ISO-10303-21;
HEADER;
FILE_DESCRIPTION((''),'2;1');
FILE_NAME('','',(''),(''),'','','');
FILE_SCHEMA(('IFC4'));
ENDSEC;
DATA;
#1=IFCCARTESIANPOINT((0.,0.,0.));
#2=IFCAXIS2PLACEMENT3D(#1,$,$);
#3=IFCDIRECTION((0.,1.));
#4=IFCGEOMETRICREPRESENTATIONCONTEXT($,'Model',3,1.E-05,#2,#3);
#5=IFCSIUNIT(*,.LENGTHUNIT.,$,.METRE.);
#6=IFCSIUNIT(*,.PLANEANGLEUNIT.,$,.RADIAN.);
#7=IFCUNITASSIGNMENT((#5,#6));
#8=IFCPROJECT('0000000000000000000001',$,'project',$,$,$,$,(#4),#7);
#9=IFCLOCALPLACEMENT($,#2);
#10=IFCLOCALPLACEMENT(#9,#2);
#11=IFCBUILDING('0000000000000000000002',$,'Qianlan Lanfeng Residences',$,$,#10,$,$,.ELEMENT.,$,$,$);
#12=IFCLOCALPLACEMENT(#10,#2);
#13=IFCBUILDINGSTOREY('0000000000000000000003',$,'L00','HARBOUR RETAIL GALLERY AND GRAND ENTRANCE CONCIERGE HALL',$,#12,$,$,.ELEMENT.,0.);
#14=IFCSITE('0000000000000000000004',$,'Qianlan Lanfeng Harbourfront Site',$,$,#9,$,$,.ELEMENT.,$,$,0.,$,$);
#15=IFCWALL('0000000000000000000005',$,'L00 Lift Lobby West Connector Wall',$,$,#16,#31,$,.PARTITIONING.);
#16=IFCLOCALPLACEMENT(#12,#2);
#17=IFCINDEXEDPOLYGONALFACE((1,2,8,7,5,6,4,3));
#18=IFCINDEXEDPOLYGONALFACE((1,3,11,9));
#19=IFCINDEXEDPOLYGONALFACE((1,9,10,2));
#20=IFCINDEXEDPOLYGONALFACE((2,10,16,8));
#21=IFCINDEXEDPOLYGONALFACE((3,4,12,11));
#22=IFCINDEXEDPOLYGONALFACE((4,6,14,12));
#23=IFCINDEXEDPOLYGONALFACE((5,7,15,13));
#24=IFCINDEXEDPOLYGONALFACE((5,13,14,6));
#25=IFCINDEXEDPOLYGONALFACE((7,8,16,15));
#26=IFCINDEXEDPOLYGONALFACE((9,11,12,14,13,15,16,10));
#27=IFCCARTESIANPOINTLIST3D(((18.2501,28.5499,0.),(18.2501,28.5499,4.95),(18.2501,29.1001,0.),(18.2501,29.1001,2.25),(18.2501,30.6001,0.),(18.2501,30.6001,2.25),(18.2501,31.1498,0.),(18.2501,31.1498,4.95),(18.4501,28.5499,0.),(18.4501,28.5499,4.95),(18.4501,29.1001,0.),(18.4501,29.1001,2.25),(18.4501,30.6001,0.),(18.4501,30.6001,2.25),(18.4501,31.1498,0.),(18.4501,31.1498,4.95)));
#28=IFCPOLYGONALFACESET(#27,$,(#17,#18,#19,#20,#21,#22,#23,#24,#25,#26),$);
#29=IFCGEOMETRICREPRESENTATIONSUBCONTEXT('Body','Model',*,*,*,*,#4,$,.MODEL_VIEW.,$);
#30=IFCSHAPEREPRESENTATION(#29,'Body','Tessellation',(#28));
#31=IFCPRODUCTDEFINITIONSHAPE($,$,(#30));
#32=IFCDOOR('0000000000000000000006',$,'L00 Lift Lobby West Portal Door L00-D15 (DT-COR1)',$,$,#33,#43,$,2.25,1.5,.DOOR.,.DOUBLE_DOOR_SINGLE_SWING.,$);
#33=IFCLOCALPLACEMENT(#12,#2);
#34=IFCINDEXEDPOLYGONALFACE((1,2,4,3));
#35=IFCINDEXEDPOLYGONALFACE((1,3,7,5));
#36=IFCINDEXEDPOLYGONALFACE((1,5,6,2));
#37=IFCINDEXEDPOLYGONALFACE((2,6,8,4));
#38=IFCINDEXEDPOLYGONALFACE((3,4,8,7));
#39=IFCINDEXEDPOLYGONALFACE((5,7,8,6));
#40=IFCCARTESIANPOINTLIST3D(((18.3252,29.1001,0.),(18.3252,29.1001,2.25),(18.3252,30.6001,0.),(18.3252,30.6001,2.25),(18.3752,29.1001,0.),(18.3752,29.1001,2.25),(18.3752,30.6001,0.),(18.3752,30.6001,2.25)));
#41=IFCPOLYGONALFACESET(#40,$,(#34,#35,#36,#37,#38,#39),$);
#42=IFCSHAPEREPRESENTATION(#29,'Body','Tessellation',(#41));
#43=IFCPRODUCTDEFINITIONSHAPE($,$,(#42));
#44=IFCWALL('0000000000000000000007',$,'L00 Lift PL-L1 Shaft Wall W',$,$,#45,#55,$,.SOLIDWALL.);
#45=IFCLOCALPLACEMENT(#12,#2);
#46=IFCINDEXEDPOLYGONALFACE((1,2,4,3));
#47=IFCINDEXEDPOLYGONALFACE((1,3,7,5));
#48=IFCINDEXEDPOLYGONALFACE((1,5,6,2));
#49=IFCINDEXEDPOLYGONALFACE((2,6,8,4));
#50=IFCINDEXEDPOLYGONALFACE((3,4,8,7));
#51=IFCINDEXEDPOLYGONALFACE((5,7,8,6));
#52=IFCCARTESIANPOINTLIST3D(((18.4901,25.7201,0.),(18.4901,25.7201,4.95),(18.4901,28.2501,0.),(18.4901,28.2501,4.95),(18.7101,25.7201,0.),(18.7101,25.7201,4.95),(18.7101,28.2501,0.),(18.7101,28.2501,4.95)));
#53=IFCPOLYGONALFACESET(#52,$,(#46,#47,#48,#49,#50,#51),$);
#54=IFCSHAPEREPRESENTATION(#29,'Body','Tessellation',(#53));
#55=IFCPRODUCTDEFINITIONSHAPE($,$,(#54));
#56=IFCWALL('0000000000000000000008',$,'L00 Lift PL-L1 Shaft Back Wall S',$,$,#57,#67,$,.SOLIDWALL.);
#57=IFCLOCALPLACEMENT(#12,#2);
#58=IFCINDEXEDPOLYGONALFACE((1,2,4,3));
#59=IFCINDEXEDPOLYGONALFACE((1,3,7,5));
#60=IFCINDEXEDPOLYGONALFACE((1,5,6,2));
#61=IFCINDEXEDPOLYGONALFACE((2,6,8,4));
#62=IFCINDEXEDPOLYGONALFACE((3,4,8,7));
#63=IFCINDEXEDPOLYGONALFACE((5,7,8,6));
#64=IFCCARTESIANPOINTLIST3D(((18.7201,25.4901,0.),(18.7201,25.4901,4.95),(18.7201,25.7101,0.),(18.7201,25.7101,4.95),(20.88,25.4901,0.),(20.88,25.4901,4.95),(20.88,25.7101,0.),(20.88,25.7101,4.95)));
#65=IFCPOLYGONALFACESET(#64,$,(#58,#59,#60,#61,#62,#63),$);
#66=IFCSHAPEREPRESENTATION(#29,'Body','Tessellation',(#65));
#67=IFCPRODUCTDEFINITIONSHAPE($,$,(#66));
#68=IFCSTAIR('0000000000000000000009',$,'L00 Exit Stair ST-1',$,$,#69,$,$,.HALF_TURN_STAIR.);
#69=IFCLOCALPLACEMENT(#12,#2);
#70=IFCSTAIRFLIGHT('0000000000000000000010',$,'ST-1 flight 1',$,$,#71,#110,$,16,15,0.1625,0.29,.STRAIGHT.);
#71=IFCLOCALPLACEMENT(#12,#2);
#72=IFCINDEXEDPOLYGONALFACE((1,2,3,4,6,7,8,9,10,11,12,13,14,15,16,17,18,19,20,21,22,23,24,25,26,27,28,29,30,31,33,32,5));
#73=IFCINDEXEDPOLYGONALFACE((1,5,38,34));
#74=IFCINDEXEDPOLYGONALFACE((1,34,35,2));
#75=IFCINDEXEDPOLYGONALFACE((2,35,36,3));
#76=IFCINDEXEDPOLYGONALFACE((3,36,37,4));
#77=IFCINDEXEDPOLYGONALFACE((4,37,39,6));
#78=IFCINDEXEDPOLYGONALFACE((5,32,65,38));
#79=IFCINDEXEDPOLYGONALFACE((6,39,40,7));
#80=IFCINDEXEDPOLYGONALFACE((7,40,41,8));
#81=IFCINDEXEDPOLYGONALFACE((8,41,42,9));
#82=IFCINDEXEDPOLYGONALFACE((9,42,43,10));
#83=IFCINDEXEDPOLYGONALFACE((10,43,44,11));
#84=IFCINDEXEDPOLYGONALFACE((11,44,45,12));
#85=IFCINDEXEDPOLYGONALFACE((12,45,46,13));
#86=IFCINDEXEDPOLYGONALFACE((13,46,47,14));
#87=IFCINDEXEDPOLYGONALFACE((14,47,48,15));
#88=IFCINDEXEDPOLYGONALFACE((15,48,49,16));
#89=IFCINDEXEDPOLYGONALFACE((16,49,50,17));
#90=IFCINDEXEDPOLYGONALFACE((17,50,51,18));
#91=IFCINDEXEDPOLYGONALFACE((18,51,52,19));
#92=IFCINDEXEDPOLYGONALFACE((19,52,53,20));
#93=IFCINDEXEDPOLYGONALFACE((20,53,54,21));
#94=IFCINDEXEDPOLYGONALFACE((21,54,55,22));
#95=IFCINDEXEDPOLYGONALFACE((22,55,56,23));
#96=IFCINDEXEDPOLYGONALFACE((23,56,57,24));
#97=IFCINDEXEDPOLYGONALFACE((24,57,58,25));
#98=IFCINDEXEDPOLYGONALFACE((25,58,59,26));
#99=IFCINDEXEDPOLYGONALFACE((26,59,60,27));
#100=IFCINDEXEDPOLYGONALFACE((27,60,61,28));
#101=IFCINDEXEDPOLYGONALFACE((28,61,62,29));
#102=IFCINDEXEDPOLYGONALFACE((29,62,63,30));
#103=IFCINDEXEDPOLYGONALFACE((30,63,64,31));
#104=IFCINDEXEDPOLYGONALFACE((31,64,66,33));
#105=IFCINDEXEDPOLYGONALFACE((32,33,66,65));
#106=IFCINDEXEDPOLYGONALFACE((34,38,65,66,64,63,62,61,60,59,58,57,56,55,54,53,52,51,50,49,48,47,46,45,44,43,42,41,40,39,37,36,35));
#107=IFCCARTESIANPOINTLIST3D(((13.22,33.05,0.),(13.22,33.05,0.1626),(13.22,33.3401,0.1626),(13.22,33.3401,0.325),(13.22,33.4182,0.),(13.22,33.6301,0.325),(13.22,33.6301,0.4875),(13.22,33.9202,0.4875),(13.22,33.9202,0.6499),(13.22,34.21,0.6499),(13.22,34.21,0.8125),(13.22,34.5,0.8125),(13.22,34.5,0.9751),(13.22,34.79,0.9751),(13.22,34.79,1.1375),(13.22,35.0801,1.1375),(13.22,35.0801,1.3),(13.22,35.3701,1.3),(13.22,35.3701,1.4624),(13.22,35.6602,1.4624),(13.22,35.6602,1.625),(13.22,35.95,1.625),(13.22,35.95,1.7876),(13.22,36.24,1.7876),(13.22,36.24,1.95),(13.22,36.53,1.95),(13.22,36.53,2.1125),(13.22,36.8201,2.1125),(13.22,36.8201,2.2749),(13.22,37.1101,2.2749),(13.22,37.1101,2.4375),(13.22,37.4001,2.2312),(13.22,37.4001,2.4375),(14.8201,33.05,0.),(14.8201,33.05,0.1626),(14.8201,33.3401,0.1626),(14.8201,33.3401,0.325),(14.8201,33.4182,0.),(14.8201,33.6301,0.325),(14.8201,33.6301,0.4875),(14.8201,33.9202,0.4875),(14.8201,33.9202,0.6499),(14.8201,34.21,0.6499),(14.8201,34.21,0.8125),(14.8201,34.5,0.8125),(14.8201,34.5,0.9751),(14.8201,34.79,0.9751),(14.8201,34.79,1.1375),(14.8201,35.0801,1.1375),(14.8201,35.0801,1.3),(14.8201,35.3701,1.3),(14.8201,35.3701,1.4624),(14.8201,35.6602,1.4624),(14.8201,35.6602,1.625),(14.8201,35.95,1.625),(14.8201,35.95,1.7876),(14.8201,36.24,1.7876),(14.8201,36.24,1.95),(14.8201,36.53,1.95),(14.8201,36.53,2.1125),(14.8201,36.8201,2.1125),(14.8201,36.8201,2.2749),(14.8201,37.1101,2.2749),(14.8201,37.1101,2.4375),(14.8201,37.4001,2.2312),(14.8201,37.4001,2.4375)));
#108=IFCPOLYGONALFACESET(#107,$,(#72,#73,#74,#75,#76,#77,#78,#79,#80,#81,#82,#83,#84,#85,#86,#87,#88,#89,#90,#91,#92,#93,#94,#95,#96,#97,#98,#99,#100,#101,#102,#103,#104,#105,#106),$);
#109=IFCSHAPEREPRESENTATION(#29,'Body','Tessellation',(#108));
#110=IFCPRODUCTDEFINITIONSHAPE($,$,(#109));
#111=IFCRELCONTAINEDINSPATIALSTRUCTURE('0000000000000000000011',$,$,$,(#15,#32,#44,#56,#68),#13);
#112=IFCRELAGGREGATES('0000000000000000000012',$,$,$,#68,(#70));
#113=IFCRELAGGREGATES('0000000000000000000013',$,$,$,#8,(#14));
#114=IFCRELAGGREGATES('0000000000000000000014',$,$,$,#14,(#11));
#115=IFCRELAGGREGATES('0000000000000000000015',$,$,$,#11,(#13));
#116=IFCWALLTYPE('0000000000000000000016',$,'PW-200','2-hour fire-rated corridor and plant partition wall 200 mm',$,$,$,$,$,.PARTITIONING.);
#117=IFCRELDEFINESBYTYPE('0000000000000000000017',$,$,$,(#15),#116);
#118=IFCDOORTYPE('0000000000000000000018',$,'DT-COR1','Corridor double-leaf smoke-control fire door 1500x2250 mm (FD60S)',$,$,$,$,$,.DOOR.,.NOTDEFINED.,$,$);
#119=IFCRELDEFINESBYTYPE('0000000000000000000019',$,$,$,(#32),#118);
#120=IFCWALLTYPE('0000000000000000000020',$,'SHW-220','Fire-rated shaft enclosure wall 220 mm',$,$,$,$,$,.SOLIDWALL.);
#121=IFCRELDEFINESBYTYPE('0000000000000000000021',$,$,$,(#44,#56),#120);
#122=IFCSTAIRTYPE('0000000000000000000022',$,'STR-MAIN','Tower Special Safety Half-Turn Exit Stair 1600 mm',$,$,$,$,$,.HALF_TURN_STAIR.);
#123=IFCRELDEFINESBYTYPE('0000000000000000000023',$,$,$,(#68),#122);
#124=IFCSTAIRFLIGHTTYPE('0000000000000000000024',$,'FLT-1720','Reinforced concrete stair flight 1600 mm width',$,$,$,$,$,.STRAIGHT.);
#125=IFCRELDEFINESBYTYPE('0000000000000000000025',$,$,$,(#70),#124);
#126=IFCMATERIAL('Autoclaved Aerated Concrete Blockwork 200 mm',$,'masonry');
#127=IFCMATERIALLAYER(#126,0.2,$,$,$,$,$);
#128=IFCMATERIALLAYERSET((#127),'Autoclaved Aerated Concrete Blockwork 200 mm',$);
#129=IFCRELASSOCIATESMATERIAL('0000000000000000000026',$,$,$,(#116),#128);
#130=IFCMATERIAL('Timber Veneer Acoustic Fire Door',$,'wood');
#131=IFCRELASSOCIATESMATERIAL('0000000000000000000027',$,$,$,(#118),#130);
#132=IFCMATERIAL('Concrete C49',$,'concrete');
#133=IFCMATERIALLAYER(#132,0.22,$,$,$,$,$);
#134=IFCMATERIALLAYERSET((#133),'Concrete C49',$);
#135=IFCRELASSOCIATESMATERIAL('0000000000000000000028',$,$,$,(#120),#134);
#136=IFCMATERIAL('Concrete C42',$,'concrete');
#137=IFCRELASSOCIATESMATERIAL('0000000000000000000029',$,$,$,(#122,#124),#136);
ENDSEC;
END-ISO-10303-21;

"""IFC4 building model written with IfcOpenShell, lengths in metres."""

from ifc_helpers import new_model, si_unit, direction, frame, frame_2d, origin, place, context, subcontext, project, spatial, polyline, rectangle, outline, extrude, material, layer, layer_set, type_object, element, fill, aggregate, save


model = new_model("IFC4")

# Units and contexts
model_context = context("Model", 3, precision=1e-05, world=origin(), true_north=direction((0.0, 1.0)))
body_context = subcontext(model_context, "Body", "Model", "MODEL_VIEW")
ifc_project = project(units=[si_unit("LENGTHUNIT", "METRE"), si_unit("PLANEANGLEUNIT", "RADIAN")], contexts=[model_context])

# Site, building, storey
site_placement = place(None, origin())
site = spatial("IfcSite", under=ifc_project, at=site_placement, Name="Qianlan Lanfeng Harbourfront Site", CompositionType="ELEMENT", RefElevation=0.0)
building_placement = place(site_placement, origin())
building = spatial("IfcBuilding", under=site, at=building_placement, Name="Qianlan Lanfeng Residences", CompositionType="ELEMENT")
storey_placement = place(building_placement, origin())
storey = spatial("IfcBuildingStorey", under=building, at=storey_placement, Name="L00", Description="HARBOUR RETAIL GALLERY AND GRAND ENTRANCE CONCIERGE HALL", CompositionType="ELEMENT", Elevation=0.0)

# Wall, opening, door
ifc_material_1 = material(Name="Autoclaved Aerated Concrete Blockwork 200 mm", Category="masonry")
ifc_layer_1 = layer(ifc_material_1, 0.2)
ifc_layer_set_1 = layer_set([ifc_layer_1], Name="Autoclaved Aerated Concrete Blockwork 200 mm")
wall_type_1 = type_object("IfcWallType", Name="PW-200", Description="2-hour fire-rated corridor and plant partition wall 200 mm", PredefinedType="PARTITIONING", material=ifc_layer_set_1)
wall_1_placement = place(storey_placement, frame((18.3501, 28.55, 0.0), z_axis=(0.0, 0.0, 1.0), x_axis=(0.0, 1.0, 0.0)))
wall_1 = element("IfcWall", 1, at=wall_1_placement, inside=storey, type_object=wall_type_1, Name="L00 Lift Lobby West Connector Wall", PredefinedType="PARTITIONING", context=body_context, shape_type="SweptSolid", body=[
    extrude(rectangle(XDim=2.5999, YDim=0.2, at=frame_2d((1.2998, 0.0))), origin(), (0.0, 0.0, 1.0), 4.95),
])
opening_1_placement = place(wall_1_placement, frame((0.55, 0.0, 0.0)))
opening_1 = element("IfcOpeningElement", 2, at=opening_1_placement, cuts=wall_1, PredefinedType="OPENING", context=body_context, shape_type="SweptSolid", body=[
    extrude(rectangle(XDim=1.5, YDim=2.25, at=frame_2d((0.75, 1.125))), frame((0.0, 0.1099, 0.0), z_axis=(0.0, -1.0, 0.0), x_axis=(1.0, 0.0, 0.0)), (0.0, 0.0, 1.0), 0.22),
])
ifc_material_2 = material(Name="Timber Veneer Acoustic Fire Door", Category="wood")
door_type_1 = type_object("IfcDoorType", Name="DT-COR1", Description="Corridor double-leaf smoke-control fire door 1500x2250 mm (FD60S)", OperationType="NOTDEFINED", PredefinedType="DOOR", material=ifc_material_2)
door_1_placement = place(opening_1_placement, origin())
door_1 = element("IfcDoor", 3, at=door_1_placement, inside=storey, type_object=door_type_1, Name="L00 Lift Lobby West Portal Door L00-D15 (DT-COR1)", OperationType="DOUBLE_DOOR_SINGLE_SWING", OverallHeight=2.25, OverallWidth=1.5, PredefinedType="DOOR", context=body_context, shape_type="SweptSolid", body=[
    extrude(rectangle(XDim=1.5, YDim=2.25, at=frame_2d((0.75, 1.125))), frame((0.0, 0.0249, 0.0), z_axis=(0.0, -1.0, 0.0), x_axis=(1.0, 0.0, 0.0)), (0.0, 0.0, 1.0), 0.05),
])
fill(opening_1, door_1)

# Walls
ifc_material_3 = material(Name="Concrete C49", Category="concrete")
ifc_layer_2 = layer(ifc_material_3, 0.22)
ifc_layer_set_2 = layer_set([ifc_layer_2], Name="Concrete C49")
wall_type_2 = type_object("IfcWallType", Name="SHW-220", Description="Fire-rated shaft enclosure wall 220 mm", PredefinedType="SOLIDWALL", material=ifc_layer_set_2)
wall_2_placement = place(storey_placement, frame((18.6001, 25.72, 0.0), z_axis=(0.0, 0.0, 1.0), x_axis=(0.0, 1.0, 0.0)))
element("IfcWall", 4, at=wall_2_placement, inside=storey, type_object=wall_type_2, Name="L00 Lift PL-L1 Shaft Wall W", PredefinedType="SOLIDWALL", context=body_context, shape_type="SweptSolid", body=[
    extrude(rectangle(XDim=2.53, YDim=0.22, at=frame_2d((1.2651, 0.0))), origin(), (0.0, 0.0, 1.0), 4.95),
])
wall_3_placement = place(storey_placement, frame((18.72, 25.6001, 0.0), z_axis=(0.0, 0.0, 1.0), x_axis=(1.0, 0.0, 0.0)))
element("IfcWall", 5, at=wall_3_placement, inside=storey, type_object=wall_type_2, Name="L00 Lift PL-L1 Shaft Back Wall S", PredefinedType="SOLIDWALL", context=body_context, shape_type="SweptSolid", body=[
    extrude(rectangle(XDim=2.1599, YDim=0.22, at=frame_2d((1.0801, 0.0))), origin(), (0.0, 0.0, 1.0), 4.95),
])

# Stair, stair flight
ifc_material_4 = material(Name="Concrete C42", Category="concrete")
stair_type = type_object("IfcStairType", Name="STR-MAIN", Description="Tower Special Safety Half-Turn Exit Stair 1600 mm", PredefinedType="HALF_TURN_STAIR", material=ifc_material_4)
stair_placement = place(storey_placement, origin())
stair = element("IfcStair", 6, at=stair_placement, inside=storey, type_object=stair_type, Name="L00 Exit Stair ST-1", PredefinedType="HALF_TURN_STAIR")
stair_flight_type = type_object("IfcStairFlightType", Name="FLT-1720", Description="Reinforced concrete stair flight 1600 mm width", PredefinedType="STRAIGHT", material=ifc_material_4)
stair_flight_placement = place(storey_placement, frame((14.02, 33.05, 0.0), z_axis=(0.0, 0.0, 1.0), x_axis=(0.0, 1.0, 0.0)))
stair_flight = element("IfcStairFlight", 7, at=stair_flight_placement, type_object=stair_flight_type, Name="ST-1 flight 1", NumberOfRisers=16, NumberOfTreads=15, PredefinedType="STRAIGHT", RiserHeight=0.1625, TreadLength=0.29, context=body_context, shape_type="SweptSolid", body=[
    extrude(outline(polyline([(0.0, 0.0), (0.0, 0.1626), (0.29, 0.1626), (0.29, 0.325), (0.5801, 0.325), (0.5801, 0.4875), (0.8701, 0.4875), (0.8701, 0.6499), (1.1599, 0.6499), (1.1599, 0.8125), (1.45, 0.8125), (1.45, 0.9751), (1.74, 0.9751), (1.74, 1.1375), (2.03, 1.1375), (2.03, 1.3), (2.3201, 1.3), (2.3201, 1.4624), (2.6101, 1.4624), (2.6101, 1.625), (2.8999, 1.625), (2.8999, 1.7876), (3.1899, 1.7876), (3.1899, 1.95), (3.48, 1.95), (3.48, 2.1125), (3.77, 2.1125), (3.77, 2.2749), (4.0601, 2.2749), (4.0601, 2.4375), (4.3501, 2.4375), (4.3501, 2.6001), (4.3501, 2.2312), (0.3682, 0.0), (0.0, 0.0)])), frame((0.0, 0.8, 0.0), z_axis=(0.0, -1.0, 0.0), x_axis=(1.0, 0.0, 0.0)), (0.0, 0.0, 1.0), 1.6001),
])
aggregate(stair, [stair_flight])

save(model, "model.ifc")
